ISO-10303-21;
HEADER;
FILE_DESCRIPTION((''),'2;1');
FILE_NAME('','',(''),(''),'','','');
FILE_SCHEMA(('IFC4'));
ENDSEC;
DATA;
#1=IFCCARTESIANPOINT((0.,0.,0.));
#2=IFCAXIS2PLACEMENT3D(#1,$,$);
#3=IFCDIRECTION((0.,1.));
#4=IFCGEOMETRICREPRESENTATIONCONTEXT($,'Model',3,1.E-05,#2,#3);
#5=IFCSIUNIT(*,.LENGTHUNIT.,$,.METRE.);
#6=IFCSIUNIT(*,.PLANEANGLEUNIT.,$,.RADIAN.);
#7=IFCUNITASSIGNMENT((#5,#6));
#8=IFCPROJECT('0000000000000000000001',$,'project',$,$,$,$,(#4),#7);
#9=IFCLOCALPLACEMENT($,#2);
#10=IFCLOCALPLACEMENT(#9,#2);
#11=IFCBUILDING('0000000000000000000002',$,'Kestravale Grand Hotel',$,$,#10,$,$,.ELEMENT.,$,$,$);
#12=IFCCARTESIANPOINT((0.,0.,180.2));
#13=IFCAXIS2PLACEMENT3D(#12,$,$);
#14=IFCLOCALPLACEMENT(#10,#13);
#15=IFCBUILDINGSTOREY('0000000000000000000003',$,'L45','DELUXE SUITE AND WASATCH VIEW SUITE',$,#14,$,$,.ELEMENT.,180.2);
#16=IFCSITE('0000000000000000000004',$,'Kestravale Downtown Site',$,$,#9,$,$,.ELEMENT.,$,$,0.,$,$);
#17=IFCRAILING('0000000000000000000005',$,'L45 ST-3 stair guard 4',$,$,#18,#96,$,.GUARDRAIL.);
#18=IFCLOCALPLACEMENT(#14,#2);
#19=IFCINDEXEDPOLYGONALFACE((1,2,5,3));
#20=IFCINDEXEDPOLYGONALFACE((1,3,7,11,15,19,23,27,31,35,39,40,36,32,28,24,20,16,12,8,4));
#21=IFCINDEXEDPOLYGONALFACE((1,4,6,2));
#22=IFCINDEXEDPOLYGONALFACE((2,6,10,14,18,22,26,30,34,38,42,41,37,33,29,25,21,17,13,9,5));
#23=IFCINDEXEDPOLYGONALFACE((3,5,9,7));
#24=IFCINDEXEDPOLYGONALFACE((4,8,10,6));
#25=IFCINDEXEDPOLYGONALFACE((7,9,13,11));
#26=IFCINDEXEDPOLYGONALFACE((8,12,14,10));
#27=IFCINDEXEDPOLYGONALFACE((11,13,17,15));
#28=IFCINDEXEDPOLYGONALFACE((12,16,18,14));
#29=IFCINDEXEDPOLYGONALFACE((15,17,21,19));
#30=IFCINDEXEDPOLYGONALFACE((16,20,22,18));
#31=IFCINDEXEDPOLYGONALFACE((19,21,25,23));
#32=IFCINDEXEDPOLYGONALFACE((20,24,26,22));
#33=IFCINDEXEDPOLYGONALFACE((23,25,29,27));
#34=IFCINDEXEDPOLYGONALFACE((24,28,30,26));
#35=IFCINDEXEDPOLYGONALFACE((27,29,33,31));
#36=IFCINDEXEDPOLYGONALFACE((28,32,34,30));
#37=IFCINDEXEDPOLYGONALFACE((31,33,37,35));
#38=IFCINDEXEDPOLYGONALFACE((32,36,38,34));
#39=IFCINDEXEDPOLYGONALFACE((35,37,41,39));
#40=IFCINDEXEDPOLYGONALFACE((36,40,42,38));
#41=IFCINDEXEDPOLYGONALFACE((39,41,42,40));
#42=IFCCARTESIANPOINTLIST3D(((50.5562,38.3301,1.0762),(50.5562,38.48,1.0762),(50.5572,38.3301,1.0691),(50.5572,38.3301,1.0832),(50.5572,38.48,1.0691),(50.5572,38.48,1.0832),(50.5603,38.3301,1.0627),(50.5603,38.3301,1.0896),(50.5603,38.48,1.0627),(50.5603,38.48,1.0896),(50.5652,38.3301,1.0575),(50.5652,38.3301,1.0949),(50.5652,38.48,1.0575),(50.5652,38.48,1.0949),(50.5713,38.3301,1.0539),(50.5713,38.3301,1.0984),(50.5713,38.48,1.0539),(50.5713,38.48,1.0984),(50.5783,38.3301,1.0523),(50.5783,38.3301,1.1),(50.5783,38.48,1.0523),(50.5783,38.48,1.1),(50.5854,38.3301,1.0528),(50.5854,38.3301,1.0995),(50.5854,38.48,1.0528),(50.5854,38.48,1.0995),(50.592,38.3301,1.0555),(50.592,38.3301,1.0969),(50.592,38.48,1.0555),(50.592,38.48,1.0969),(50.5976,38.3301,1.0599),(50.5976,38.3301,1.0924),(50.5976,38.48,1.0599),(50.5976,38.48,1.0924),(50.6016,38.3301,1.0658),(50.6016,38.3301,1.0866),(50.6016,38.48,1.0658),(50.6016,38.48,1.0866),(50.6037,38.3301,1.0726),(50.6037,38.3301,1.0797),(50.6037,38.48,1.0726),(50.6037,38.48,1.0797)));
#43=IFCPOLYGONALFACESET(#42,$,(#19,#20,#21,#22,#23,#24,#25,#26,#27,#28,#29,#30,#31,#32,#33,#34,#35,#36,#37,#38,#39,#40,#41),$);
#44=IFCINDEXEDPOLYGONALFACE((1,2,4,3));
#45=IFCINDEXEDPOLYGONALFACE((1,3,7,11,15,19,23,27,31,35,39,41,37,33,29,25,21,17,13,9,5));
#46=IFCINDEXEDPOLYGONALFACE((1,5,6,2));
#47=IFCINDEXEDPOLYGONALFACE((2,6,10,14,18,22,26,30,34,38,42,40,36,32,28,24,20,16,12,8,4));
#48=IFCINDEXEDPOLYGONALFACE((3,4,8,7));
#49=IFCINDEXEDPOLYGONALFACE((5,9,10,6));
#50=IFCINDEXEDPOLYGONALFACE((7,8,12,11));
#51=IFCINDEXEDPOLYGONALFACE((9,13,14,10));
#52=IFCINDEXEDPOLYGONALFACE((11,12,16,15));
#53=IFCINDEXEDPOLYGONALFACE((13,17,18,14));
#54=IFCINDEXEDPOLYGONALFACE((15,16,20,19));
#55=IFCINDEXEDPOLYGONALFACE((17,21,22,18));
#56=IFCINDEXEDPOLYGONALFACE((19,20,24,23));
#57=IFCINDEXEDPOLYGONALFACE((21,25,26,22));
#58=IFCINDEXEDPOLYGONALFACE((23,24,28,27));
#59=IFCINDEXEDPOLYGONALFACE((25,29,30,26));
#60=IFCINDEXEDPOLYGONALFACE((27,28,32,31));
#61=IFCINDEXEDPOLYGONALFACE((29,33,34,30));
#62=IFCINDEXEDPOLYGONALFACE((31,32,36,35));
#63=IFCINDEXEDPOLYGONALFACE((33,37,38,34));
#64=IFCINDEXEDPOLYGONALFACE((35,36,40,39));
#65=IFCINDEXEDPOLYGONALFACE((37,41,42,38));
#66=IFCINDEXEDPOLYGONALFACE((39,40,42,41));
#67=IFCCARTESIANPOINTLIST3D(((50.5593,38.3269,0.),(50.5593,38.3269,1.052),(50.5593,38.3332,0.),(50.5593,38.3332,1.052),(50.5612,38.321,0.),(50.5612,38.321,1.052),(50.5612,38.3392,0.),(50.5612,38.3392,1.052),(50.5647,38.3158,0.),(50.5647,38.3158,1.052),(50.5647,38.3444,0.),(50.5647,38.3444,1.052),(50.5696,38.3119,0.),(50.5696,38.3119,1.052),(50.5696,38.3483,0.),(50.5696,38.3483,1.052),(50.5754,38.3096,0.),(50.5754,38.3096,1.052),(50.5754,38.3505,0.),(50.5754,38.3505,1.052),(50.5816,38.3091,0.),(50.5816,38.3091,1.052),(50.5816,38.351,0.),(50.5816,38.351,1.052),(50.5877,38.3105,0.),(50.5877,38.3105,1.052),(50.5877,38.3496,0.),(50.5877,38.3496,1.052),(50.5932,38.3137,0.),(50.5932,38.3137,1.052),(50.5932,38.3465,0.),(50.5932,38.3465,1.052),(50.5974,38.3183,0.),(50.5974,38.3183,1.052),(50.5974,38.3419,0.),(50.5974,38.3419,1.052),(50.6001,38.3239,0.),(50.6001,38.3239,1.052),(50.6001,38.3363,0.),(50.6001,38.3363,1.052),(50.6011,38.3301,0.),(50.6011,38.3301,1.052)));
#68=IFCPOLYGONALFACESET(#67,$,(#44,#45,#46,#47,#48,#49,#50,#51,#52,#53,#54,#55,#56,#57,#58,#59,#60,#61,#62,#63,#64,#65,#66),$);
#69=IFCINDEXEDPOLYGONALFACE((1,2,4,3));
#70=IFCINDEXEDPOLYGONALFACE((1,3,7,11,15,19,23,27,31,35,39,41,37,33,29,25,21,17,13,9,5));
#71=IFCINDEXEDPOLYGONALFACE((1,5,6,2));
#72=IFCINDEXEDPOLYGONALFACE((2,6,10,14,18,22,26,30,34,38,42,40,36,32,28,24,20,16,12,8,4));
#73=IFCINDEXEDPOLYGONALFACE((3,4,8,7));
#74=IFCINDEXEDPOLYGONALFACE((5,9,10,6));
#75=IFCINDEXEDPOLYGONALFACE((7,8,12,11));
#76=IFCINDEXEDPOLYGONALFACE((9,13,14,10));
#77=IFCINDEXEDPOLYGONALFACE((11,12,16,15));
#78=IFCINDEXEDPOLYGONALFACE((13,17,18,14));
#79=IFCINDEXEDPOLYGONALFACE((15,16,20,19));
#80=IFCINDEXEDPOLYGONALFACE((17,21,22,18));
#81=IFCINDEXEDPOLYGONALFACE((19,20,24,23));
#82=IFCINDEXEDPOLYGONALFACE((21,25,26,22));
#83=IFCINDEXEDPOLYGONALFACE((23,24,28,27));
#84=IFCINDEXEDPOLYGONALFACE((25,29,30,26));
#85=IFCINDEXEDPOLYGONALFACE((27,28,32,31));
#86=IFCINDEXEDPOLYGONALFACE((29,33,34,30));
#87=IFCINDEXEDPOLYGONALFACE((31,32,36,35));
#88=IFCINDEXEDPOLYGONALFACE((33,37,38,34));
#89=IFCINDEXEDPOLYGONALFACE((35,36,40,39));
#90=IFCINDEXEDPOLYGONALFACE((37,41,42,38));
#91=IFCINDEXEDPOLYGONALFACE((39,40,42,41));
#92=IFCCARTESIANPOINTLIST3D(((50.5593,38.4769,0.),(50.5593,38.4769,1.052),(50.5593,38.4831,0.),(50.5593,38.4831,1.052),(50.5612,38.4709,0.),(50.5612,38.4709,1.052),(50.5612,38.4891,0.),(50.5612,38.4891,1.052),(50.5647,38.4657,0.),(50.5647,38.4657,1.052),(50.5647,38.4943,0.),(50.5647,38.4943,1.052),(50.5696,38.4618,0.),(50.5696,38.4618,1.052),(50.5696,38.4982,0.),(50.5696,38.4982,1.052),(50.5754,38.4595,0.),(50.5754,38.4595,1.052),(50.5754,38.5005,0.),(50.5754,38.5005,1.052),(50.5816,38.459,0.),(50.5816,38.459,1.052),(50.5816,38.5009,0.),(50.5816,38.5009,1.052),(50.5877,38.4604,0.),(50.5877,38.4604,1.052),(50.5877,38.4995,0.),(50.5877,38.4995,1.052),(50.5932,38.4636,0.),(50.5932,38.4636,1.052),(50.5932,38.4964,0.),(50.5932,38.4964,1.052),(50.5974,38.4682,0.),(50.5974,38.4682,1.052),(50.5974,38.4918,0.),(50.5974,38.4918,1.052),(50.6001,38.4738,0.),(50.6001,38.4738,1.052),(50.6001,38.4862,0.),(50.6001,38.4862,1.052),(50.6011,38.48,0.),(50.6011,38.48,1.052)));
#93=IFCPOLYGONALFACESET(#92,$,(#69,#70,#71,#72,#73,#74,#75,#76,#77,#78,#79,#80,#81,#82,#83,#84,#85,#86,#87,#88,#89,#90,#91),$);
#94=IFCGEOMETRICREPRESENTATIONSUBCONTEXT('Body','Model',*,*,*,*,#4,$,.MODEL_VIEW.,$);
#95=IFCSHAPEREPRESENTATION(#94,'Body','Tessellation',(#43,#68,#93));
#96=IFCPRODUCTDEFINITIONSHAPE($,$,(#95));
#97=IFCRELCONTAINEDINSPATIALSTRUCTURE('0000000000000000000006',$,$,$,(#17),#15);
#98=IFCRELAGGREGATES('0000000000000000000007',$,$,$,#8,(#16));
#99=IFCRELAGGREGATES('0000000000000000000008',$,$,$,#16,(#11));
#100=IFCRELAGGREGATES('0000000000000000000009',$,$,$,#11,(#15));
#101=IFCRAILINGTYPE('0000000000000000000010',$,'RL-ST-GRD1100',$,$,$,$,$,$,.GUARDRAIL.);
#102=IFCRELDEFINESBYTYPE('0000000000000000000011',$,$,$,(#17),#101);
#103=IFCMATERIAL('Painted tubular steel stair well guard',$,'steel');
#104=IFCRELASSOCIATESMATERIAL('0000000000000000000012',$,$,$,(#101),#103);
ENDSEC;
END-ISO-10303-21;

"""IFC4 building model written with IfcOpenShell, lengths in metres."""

from ifc_helpers import new_model, si_unit, direction, frame, origin, origin_2d, place, context, subcontext, project, spatial, circle, extrude, material, type_object, element, save


model = new_model("IFC4")

# Units and contexts
model_context = context("Model", 3, precision=1e-05, world=origin(), true_north=direction((0.0, 1.0)))
body_context = subcontext(model_context, "Body", "Model", "MODEL_VIEW")
ifc_project = project(units=[si_unit("LENGTHUNIT", "METRE"), si_unit("PLANEANGLEUNIT", "RADIAN")], contexts=[model_context])

# Site, building, storey
site_placement = place(None, origin())
site = spatial("IfcSite", under=ifc_project, at=site_placement, Name="Kestravale Downtown Site", CompositionType="ELEMENT", RefElevation=0.0)
building_placement = place(site_placement, origin())
building = spatial("IfcBuilding", under=site, at=building_placement, Name="Kestravale Grand Hotel", CompositionType="ELEMENT")
storey_placement = place(building_placement, frame((0.0, 0.0, 180.2)))
storey = spatial("IfcBuildingStorey", under=building, at=storey_placement, Name="L45", Description="DELUXE SUITE AND WASATCH VIEW SUITE", CompositionType="ELEMENT", Elevation=180.2)

# Railing
ifc_material_1 = material(Name="Painted tubular steel stair well guard", Category="steel")
railing_type_1 = type_object("IfcRailingType", Name="RL-ST-GRD1100", PredefinedType="GUARDRAIL", material=ifc_material_1)
railing_1_placement = place(storey_placement, frame((50.5801, 38.3301, 0.0)))
element("IfcRailing", 1, at=railing_1_placement, inside=storey, type_object=railing_type_1, Name="L45 ST-3 stair guard 4", PredefinedType="GUARDRAIL", context=body_context, shape_type="SweptSolid", body=[
    extrude(circle(Radius=0.0239, at=origin_2d()), frame((0.0, 0.0, 1.0762), z_axis=(0.0, 1.0, 0.0), x_axis=(-1.0, 0.0, 0.0)), (0.0, 0.0, 1.0), 0.1499),
    extrude(circle(Radius=0.021, at=origin_2d()), origin(), (0.0, 0.0, 1.0), 1.052),
    extrude(circle(Radius=0.021, at=origin_2d()), frame((0.0, 0.1499, 0.0)), (0.0, 0.0, 1.0), 1.052),
])

save(model, "model.ifc")
